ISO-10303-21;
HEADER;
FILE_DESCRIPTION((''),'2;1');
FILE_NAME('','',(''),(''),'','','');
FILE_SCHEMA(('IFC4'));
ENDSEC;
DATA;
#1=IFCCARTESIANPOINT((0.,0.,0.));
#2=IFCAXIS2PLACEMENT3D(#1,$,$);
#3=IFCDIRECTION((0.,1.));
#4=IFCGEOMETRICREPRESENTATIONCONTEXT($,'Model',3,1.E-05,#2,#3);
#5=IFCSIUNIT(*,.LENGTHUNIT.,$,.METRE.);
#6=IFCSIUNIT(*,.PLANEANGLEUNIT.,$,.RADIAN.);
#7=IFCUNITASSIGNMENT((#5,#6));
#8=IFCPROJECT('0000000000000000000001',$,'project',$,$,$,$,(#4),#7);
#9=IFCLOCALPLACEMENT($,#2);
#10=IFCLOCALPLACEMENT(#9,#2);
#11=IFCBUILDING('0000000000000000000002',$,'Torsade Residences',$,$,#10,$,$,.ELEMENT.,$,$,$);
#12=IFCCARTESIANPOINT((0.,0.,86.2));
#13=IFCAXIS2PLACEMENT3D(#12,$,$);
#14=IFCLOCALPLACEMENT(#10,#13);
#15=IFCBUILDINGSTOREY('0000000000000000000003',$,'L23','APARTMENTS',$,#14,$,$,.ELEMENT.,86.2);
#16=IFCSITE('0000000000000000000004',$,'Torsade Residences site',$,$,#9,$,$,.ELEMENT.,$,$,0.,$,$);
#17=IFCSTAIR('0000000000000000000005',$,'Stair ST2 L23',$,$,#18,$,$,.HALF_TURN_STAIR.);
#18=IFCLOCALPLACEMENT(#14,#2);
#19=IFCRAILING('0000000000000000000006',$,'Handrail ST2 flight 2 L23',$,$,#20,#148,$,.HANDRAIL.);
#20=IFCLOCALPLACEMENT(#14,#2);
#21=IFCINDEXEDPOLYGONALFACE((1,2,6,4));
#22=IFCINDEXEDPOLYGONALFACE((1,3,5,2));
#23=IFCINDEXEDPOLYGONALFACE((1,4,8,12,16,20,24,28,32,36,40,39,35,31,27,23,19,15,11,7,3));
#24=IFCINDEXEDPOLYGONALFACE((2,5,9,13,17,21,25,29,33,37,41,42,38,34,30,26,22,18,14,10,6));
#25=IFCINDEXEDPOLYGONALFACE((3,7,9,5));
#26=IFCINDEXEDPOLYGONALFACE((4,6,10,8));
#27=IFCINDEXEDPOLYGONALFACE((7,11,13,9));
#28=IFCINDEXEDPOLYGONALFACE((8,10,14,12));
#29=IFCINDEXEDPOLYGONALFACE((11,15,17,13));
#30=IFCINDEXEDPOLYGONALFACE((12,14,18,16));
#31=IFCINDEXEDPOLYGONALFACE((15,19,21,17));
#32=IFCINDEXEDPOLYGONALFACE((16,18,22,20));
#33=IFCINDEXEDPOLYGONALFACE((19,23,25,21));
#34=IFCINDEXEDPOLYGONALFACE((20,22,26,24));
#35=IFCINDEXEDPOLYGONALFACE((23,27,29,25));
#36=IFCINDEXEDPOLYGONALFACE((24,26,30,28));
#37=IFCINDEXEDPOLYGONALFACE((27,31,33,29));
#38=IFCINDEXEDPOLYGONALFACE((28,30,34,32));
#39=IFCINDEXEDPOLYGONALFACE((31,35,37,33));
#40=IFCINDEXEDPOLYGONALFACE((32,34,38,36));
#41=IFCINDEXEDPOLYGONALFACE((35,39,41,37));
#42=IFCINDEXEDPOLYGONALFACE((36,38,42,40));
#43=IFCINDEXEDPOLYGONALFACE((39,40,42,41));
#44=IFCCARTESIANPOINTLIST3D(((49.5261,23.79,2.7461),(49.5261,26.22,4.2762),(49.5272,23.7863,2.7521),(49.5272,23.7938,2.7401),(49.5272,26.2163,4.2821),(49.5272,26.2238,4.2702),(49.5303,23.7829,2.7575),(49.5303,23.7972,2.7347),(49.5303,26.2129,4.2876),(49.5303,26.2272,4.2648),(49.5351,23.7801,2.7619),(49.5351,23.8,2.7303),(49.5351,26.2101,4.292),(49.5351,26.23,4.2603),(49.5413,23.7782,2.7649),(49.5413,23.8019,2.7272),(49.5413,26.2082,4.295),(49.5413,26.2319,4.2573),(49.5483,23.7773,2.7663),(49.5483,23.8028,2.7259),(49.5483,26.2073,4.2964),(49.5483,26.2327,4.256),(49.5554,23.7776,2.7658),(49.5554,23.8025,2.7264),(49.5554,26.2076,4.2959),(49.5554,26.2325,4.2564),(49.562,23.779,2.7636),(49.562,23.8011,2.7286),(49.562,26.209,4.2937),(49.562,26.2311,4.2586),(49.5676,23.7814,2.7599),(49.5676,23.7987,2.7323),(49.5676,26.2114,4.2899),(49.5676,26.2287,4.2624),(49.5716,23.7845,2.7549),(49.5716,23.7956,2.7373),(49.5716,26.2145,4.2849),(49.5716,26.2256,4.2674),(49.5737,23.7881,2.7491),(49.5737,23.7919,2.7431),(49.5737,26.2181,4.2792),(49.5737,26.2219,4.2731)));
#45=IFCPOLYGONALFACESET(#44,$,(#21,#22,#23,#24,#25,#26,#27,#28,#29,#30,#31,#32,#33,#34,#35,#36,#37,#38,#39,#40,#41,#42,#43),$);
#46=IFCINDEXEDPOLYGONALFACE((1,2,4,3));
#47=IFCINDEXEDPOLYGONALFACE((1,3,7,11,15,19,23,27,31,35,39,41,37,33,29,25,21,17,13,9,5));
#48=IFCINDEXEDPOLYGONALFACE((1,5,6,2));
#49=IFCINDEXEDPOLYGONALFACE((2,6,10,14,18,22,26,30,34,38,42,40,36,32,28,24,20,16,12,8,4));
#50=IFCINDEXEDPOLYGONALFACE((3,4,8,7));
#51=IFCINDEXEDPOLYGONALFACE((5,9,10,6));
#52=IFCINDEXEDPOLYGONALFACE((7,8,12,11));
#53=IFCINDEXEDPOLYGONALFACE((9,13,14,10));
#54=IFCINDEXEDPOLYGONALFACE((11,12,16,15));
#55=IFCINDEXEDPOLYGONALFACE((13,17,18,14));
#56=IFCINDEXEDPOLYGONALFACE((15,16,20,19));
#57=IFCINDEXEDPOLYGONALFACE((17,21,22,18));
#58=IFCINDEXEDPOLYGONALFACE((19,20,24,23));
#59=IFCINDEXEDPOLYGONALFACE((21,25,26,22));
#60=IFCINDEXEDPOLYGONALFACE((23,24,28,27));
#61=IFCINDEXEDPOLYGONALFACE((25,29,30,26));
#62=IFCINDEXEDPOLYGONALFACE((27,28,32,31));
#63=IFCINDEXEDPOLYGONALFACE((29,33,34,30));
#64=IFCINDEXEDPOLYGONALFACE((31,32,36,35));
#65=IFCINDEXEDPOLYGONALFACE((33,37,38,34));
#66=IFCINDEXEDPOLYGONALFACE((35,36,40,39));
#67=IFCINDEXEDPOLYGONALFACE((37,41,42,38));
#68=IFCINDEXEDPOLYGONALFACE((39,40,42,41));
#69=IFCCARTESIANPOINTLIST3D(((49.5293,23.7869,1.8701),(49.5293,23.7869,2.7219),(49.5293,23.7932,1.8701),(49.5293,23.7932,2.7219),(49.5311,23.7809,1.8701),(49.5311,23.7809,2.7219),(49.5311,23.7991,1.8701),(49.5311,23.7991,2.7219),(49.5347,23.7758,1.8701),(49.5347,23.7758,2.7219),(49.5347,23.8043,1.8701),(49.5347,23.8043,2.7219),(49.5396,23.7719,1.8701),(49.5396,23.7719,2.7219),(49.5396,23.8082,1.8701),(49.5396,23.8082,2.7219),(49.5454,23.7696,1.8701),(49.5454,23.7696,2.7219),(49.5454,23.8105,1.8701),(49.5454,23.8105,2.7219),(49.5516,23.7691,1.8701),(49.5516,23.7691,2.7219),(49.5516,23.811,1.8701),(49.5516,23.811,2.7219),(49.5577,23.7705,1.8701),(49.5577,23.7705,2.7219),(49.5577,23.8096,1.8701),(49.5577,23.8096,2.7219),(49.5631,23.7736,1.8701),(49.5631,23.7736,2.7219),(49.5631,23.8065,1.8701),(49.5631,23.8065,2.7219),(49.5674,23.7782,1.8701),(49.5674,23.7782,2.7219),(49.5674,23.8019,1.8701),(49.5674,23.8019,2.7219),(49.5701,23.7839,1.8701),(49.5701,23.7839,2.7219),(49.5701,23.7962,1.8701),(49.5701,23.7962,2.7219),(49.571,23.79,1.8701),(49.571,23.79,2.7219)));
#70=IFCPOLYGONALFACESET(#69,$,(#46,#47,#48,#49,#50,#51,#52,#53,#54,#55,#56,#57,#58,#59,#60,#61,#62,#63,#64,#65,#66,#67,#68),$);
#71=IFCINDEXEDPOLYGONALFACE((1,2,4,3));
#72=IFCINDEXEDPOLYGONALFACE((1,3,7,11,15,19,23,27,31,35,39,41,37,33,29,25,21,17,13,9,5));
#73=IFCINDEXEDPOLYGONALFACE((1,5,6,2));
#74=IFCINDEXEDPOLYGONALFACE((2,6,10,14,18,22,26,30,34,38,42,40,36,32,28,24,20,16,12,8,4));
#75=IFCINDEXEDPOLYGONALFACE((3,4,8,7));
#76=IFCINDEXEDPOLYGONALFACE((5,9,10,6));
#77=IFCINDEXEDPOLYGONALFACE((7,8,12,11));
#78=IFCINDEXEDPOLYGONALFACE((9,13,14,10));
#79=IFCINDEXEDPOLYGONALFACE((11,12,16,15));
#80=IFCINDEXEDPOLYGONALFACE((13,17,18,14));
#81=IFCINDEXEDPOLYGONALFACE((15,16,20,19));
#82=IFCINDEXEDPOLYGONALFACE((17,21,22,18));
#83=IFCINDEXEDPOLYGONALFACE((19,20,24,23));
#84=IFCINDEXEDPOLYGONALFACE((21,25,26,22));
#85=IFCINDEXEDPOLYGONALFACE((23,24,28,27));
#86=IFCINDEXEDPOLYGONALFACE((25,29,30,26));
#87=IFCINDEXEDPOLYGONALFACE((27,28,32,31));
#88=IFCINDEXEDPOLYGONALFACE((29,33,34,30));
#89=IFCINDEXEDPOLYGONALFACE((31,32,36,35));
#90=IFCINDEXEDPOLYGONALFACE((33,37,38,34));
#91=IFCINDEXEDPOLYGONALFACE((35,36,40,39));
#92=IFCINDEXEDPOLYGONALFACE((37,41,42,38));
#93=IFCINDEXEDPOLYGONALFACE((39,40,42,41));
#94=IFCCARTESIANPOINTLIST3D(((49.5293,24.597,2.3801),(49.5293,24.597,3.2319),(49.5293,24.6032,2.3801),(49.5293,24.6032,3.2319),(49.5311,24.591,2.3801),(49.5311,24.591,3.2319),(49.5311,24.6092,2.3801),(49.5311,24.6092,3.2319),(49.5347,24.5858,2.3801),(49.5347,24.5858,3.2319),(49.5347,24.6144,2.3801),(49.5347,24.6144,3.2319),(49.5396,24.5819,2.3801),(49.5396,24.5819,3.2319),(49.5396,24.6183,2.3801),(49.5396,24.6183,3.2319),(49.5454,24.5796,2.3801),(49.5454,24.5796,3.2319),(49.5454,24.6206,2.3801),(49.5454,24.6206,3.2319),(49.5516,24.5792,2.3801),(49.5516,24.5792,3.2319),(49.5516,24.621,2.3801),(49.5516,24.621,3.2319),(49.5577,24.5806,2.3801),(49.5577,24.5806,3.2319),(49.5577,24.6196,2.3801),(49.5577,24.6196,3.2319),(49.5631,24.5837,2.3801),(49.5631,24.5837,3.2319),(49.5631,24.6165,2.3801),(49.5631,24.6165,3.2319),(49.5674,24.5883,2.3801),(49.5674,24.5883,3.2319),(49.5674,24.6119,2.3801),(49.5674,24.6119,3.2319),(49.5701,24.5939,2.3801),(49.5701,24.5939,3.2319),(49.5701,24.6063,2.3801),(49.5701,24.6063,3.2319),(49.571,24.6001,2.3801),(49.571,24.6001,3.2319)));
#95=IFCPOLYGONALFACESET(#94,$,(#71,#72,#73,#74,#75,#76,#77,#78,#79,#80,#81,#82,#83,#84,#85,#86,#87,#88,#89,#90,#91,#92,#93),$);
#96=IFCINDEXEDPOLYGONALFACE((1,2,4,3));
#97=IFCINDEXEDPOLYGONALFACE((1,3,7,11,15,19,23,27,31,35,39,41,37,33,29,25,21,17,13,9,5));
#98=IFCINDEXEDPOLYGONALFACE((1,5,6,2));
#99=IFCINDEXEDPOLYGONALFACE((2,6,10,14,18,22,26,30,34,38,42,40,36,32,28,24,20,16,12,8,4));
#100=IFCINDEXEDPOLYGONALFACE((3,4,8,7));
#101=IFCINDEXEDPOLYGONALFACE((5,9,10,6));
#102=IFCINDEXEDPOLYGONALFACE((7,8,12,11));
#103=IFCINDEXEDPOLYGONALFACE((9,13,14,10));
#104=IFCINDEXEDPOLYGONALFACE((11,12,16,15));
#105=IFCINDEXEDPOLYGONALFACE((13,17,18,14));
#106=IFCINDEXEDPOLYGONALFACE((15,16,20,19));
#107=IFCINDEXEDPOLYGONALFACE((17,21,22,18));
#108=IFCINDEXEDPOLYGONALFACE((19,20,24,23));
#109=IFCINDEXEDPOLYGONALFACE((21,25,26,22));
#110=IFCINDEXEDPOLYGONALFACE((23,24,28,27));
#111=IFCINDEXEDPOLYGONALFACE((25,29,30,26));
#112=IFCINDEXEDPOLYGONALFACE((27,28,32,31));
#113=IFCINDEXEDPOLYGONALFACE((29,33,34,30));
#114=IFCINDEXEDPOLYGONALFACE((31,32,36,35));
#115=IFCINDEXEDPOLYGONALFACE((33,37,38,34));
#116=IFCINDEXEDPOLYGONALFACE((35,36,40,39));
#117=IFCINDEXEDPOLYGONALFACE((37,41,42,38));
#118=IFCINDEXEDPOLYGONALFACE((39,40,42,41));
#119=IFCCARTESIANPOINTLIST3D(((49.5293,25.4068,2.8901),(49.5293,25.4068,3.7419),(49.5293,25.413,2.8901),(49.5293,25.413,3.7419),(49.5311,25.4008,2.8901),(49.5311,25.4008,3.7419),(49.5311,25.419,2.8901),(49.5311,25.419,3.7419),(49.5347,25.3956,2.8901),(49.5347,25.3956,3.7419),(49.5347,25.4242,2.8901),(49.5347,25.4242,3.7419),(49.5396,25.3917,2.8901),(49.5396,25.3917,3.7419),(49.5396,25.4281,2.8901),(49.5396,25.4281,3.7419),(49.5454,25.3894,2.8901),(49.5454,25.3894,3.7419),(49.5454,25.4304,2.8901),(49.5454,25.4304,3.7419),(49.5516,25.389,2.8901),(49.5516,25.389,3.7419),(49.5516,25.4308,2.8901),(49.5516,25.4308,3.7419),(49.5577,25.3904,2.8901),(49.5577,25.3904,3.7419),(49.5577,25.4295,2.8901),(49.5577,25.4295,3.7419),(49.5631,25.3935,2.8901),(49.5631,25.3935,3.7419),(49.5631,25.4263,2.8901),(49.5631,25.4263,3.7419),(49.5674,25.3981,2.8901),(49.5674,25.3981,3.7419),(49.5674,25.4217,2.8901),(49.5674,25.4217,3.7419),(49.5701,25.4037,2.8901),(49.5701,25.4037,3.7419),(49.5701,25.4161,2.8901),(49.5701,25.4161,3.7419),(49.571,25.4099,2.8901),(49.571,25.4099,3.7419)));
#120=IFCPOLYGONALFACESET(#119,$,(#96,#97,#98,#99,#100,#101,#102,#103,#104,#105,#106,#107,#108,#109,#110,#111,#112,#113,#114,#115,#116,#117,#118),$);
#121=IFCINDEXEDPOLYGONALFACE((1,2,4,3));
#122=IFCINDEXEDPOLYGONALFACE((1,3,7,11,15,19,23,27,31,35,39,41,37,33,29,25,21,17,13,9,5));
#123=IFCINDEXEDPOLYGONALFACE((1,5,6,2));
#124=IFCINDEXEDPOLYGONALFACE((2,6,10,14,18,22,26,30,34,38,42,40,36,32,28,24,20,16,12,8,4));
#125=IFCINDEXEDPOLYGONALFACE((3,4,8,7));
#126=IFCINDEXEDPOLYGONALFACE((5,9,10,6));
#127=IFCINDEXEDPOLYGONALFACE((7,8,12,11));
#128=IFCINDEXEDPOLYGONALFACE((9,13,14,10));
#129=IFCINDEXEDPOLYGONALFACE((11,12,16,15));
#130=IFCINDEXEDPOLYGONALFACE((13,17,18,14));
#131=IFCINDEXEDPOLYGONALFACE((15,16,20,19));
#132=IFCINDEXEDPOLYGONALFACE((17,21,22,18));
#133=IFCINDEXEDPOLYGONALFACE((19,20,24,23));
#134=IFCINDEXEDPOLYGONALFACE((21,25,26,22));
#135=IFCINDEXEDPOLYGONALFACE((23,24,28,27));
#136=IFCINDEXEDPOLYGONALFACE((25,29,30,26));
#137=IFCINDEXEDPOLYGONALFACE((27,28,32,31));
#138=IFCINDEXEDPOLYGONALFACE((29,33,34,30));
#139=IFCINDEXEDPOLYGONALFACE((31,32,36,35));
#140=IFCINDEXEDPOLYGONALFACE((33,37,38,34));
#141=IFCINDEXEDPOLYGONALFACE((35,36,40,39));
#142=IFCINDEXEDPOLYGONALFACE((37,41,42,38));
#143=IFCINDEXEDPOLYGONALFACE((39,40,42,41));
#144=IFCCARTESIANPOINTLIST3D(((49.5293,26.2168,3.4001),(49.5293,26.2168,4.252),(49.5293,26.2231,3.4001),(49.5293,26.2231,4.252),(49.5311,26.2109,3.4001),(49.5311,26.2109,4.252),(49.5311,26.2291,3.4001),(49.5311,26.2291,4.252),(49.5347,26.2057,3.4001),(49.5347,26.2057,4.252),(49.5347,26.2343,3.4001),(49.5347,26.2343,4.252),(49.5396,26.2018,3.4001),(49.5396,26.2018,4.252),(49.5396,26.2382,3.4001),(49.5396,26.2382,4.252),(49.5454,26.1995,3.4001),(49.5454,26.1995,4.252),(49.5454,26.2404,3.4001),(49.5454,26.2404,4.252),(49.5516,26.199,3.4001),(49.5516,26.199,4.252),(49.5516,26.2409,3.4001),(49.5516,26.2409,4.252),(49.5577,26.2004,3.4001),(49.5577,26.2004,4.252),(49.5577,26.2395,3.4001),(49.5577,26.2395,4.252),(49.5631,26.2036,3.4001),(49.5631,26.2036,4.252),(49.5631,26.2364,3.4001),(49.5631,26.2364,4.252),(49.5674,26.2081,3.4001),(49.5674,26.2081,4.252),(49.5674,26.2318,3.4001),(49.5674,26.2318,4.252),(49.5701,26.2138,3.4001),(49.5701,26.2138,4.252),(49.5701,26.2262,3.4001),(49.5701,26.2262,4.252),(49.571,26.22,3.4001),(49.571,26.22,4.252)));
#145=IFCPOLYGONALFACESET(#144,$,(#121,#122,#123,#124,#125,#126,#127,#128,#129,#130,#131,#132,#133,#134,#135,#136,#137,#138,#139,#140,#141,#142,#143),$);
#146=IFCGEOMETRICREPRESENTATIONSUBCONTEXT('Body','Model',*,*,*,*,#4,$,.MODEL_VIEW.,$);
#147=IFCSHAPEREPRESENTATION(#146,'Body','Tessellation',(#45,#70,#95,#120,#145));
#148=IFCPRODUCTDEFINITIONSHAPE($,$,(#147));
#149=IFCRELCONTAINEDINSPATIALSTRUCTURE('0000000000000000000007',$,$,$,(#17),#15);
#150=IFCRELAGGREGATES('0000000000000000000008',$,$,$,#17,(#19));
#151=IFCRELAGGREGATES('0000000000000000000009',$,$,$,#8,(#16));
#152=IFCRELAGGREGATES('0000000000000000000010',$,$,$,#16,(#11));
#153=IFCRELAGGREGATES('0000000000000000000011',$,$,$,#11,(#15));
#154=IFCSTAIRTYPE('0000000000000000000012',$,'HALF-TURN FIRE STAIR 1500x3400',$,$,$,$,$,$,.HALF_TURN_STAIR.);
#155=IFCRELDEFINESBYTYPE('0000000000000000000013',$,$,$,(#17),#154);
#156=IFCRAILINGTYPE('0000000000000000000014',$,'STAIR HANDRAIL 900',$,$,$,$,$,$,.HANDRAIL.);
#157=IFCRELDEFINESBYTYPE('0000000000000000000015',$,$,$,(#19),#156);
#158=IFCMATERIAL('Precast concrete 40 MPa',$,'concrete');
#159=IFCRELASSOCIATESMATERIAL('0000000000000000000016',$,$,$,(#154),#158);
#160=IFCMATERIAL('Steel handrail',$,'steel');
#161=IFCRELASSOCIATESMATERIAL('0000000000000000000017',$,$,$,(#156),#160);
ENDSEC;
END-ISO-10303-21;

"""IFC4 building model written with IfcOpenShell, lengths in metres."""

from ifc_helpers import new_model, si_unit, direction, frame, origin, origin_2d, place, context, subcontext, project, spatial, circle, extrude, material, type_object, element, aggregate, save


model = new_model("IFC4")

# Units and contexts
model_context = context("Model", 3, precision=1e-05, world=origin(), true_north=direction((0.0, 1.0)))
body_context = subcontext(model_context, "Body", "Model", "MODEL_VIEW")
ifc_project = project(units=[si_unit("LENGTHUNIT", "METRE"), si_unit("PLANEANGLEUNIT", "RADIAN")], contexts=[model_context])

# Site, building, storey
site_placement = place(None, origin())
site = spatial("IfcSite", under=ifc_project, at=site_placement, Name="Torsade Residences site", CompositionType="ELEMENT", RefElevation=0.0)
building_placement = place(site_placement, origin())
building = spatial("IfcBuilding", under=site, at=building_placement, Name="Torsade Residences", CompositionType="ELEMENT")
storey_placement = place(building_placement, frame((0.0, 0.0, 86.2)))
storey = spatial("IfcBuildingStorey", under=building, at=storey_placement, Name="L23", Description="APARTMENTS", CompositionType="ELEMENT", Elevation=86.2)

# Stair, railing
ifc_material_1 = material(Name="Precast concrete 40 MPa", Category="concrete")
stair_type = type_object("IfcStairType", Name="HALF-TURN FIRE STAIR 1500x3400", PredefinedType="HALF_TURN_STAIR", material=ifc_material_1)
stair_placement = place(storey_placement, origin())
stair = element("IfcStair", 1, at=stair_placement, inside=storey, type_object=stair_type, Name="Stair ST2 L23", PredefinedType="HALF_TURN_STAIR")
ifc_material_2 = material(Name="Steel handrail", Category="steel")
railing_type = type_object("IfcRailingType", Name="STAIR HANDRAIL 900", PredefinedType="HANDRAIL", material=ifc_material_2)
railing_1_placement = place(storey_placement, frame((49.55, 23.79, 1.8701)))
railing_1 = element("IfcRailing", 2, at=railing_1_placement, type_object=railing_type, Name="Handrail ST2 flight 2 L23", PredefinedType="HANDRAIL", context=body_context, shape_type="SweptSolid", body=[
    extrude(circle(Radius=0.0239, at=origin_2d()), frame((0.0, 0.0, 0.876), z_axis=(0.0, 0.846221, 0.532831), x_axis=(-1.0, 0.0, 0.0)), (0.0, 0.0, 1.0), 2.8716),
    extrude(circle(Radius=0.021, at=origin_2d()), origin(), (0.0, 0.0, 1.0), 0.8518),
    extrude(circle(Radius=0.021, at=origin_2d()), frame((0.0, 0.8101, 0.51)), (0.0, 0.0, 1.0), 0.8518),
    extrude(circle(Radius=0.021, at=origin_2d()), frame((0.0, 1.6199, 1.02)), (0.0, 0.0, 1.0), 0.8518),
    extrude(circle(Radius=0.021, at=origin_2d()), frame((0.0, 2.4299, 1.53)), (0.0, 0.0, 1.0), 0.8518),
])
aggregate(stair, [railing_1])

save(model, "model.ifc")
